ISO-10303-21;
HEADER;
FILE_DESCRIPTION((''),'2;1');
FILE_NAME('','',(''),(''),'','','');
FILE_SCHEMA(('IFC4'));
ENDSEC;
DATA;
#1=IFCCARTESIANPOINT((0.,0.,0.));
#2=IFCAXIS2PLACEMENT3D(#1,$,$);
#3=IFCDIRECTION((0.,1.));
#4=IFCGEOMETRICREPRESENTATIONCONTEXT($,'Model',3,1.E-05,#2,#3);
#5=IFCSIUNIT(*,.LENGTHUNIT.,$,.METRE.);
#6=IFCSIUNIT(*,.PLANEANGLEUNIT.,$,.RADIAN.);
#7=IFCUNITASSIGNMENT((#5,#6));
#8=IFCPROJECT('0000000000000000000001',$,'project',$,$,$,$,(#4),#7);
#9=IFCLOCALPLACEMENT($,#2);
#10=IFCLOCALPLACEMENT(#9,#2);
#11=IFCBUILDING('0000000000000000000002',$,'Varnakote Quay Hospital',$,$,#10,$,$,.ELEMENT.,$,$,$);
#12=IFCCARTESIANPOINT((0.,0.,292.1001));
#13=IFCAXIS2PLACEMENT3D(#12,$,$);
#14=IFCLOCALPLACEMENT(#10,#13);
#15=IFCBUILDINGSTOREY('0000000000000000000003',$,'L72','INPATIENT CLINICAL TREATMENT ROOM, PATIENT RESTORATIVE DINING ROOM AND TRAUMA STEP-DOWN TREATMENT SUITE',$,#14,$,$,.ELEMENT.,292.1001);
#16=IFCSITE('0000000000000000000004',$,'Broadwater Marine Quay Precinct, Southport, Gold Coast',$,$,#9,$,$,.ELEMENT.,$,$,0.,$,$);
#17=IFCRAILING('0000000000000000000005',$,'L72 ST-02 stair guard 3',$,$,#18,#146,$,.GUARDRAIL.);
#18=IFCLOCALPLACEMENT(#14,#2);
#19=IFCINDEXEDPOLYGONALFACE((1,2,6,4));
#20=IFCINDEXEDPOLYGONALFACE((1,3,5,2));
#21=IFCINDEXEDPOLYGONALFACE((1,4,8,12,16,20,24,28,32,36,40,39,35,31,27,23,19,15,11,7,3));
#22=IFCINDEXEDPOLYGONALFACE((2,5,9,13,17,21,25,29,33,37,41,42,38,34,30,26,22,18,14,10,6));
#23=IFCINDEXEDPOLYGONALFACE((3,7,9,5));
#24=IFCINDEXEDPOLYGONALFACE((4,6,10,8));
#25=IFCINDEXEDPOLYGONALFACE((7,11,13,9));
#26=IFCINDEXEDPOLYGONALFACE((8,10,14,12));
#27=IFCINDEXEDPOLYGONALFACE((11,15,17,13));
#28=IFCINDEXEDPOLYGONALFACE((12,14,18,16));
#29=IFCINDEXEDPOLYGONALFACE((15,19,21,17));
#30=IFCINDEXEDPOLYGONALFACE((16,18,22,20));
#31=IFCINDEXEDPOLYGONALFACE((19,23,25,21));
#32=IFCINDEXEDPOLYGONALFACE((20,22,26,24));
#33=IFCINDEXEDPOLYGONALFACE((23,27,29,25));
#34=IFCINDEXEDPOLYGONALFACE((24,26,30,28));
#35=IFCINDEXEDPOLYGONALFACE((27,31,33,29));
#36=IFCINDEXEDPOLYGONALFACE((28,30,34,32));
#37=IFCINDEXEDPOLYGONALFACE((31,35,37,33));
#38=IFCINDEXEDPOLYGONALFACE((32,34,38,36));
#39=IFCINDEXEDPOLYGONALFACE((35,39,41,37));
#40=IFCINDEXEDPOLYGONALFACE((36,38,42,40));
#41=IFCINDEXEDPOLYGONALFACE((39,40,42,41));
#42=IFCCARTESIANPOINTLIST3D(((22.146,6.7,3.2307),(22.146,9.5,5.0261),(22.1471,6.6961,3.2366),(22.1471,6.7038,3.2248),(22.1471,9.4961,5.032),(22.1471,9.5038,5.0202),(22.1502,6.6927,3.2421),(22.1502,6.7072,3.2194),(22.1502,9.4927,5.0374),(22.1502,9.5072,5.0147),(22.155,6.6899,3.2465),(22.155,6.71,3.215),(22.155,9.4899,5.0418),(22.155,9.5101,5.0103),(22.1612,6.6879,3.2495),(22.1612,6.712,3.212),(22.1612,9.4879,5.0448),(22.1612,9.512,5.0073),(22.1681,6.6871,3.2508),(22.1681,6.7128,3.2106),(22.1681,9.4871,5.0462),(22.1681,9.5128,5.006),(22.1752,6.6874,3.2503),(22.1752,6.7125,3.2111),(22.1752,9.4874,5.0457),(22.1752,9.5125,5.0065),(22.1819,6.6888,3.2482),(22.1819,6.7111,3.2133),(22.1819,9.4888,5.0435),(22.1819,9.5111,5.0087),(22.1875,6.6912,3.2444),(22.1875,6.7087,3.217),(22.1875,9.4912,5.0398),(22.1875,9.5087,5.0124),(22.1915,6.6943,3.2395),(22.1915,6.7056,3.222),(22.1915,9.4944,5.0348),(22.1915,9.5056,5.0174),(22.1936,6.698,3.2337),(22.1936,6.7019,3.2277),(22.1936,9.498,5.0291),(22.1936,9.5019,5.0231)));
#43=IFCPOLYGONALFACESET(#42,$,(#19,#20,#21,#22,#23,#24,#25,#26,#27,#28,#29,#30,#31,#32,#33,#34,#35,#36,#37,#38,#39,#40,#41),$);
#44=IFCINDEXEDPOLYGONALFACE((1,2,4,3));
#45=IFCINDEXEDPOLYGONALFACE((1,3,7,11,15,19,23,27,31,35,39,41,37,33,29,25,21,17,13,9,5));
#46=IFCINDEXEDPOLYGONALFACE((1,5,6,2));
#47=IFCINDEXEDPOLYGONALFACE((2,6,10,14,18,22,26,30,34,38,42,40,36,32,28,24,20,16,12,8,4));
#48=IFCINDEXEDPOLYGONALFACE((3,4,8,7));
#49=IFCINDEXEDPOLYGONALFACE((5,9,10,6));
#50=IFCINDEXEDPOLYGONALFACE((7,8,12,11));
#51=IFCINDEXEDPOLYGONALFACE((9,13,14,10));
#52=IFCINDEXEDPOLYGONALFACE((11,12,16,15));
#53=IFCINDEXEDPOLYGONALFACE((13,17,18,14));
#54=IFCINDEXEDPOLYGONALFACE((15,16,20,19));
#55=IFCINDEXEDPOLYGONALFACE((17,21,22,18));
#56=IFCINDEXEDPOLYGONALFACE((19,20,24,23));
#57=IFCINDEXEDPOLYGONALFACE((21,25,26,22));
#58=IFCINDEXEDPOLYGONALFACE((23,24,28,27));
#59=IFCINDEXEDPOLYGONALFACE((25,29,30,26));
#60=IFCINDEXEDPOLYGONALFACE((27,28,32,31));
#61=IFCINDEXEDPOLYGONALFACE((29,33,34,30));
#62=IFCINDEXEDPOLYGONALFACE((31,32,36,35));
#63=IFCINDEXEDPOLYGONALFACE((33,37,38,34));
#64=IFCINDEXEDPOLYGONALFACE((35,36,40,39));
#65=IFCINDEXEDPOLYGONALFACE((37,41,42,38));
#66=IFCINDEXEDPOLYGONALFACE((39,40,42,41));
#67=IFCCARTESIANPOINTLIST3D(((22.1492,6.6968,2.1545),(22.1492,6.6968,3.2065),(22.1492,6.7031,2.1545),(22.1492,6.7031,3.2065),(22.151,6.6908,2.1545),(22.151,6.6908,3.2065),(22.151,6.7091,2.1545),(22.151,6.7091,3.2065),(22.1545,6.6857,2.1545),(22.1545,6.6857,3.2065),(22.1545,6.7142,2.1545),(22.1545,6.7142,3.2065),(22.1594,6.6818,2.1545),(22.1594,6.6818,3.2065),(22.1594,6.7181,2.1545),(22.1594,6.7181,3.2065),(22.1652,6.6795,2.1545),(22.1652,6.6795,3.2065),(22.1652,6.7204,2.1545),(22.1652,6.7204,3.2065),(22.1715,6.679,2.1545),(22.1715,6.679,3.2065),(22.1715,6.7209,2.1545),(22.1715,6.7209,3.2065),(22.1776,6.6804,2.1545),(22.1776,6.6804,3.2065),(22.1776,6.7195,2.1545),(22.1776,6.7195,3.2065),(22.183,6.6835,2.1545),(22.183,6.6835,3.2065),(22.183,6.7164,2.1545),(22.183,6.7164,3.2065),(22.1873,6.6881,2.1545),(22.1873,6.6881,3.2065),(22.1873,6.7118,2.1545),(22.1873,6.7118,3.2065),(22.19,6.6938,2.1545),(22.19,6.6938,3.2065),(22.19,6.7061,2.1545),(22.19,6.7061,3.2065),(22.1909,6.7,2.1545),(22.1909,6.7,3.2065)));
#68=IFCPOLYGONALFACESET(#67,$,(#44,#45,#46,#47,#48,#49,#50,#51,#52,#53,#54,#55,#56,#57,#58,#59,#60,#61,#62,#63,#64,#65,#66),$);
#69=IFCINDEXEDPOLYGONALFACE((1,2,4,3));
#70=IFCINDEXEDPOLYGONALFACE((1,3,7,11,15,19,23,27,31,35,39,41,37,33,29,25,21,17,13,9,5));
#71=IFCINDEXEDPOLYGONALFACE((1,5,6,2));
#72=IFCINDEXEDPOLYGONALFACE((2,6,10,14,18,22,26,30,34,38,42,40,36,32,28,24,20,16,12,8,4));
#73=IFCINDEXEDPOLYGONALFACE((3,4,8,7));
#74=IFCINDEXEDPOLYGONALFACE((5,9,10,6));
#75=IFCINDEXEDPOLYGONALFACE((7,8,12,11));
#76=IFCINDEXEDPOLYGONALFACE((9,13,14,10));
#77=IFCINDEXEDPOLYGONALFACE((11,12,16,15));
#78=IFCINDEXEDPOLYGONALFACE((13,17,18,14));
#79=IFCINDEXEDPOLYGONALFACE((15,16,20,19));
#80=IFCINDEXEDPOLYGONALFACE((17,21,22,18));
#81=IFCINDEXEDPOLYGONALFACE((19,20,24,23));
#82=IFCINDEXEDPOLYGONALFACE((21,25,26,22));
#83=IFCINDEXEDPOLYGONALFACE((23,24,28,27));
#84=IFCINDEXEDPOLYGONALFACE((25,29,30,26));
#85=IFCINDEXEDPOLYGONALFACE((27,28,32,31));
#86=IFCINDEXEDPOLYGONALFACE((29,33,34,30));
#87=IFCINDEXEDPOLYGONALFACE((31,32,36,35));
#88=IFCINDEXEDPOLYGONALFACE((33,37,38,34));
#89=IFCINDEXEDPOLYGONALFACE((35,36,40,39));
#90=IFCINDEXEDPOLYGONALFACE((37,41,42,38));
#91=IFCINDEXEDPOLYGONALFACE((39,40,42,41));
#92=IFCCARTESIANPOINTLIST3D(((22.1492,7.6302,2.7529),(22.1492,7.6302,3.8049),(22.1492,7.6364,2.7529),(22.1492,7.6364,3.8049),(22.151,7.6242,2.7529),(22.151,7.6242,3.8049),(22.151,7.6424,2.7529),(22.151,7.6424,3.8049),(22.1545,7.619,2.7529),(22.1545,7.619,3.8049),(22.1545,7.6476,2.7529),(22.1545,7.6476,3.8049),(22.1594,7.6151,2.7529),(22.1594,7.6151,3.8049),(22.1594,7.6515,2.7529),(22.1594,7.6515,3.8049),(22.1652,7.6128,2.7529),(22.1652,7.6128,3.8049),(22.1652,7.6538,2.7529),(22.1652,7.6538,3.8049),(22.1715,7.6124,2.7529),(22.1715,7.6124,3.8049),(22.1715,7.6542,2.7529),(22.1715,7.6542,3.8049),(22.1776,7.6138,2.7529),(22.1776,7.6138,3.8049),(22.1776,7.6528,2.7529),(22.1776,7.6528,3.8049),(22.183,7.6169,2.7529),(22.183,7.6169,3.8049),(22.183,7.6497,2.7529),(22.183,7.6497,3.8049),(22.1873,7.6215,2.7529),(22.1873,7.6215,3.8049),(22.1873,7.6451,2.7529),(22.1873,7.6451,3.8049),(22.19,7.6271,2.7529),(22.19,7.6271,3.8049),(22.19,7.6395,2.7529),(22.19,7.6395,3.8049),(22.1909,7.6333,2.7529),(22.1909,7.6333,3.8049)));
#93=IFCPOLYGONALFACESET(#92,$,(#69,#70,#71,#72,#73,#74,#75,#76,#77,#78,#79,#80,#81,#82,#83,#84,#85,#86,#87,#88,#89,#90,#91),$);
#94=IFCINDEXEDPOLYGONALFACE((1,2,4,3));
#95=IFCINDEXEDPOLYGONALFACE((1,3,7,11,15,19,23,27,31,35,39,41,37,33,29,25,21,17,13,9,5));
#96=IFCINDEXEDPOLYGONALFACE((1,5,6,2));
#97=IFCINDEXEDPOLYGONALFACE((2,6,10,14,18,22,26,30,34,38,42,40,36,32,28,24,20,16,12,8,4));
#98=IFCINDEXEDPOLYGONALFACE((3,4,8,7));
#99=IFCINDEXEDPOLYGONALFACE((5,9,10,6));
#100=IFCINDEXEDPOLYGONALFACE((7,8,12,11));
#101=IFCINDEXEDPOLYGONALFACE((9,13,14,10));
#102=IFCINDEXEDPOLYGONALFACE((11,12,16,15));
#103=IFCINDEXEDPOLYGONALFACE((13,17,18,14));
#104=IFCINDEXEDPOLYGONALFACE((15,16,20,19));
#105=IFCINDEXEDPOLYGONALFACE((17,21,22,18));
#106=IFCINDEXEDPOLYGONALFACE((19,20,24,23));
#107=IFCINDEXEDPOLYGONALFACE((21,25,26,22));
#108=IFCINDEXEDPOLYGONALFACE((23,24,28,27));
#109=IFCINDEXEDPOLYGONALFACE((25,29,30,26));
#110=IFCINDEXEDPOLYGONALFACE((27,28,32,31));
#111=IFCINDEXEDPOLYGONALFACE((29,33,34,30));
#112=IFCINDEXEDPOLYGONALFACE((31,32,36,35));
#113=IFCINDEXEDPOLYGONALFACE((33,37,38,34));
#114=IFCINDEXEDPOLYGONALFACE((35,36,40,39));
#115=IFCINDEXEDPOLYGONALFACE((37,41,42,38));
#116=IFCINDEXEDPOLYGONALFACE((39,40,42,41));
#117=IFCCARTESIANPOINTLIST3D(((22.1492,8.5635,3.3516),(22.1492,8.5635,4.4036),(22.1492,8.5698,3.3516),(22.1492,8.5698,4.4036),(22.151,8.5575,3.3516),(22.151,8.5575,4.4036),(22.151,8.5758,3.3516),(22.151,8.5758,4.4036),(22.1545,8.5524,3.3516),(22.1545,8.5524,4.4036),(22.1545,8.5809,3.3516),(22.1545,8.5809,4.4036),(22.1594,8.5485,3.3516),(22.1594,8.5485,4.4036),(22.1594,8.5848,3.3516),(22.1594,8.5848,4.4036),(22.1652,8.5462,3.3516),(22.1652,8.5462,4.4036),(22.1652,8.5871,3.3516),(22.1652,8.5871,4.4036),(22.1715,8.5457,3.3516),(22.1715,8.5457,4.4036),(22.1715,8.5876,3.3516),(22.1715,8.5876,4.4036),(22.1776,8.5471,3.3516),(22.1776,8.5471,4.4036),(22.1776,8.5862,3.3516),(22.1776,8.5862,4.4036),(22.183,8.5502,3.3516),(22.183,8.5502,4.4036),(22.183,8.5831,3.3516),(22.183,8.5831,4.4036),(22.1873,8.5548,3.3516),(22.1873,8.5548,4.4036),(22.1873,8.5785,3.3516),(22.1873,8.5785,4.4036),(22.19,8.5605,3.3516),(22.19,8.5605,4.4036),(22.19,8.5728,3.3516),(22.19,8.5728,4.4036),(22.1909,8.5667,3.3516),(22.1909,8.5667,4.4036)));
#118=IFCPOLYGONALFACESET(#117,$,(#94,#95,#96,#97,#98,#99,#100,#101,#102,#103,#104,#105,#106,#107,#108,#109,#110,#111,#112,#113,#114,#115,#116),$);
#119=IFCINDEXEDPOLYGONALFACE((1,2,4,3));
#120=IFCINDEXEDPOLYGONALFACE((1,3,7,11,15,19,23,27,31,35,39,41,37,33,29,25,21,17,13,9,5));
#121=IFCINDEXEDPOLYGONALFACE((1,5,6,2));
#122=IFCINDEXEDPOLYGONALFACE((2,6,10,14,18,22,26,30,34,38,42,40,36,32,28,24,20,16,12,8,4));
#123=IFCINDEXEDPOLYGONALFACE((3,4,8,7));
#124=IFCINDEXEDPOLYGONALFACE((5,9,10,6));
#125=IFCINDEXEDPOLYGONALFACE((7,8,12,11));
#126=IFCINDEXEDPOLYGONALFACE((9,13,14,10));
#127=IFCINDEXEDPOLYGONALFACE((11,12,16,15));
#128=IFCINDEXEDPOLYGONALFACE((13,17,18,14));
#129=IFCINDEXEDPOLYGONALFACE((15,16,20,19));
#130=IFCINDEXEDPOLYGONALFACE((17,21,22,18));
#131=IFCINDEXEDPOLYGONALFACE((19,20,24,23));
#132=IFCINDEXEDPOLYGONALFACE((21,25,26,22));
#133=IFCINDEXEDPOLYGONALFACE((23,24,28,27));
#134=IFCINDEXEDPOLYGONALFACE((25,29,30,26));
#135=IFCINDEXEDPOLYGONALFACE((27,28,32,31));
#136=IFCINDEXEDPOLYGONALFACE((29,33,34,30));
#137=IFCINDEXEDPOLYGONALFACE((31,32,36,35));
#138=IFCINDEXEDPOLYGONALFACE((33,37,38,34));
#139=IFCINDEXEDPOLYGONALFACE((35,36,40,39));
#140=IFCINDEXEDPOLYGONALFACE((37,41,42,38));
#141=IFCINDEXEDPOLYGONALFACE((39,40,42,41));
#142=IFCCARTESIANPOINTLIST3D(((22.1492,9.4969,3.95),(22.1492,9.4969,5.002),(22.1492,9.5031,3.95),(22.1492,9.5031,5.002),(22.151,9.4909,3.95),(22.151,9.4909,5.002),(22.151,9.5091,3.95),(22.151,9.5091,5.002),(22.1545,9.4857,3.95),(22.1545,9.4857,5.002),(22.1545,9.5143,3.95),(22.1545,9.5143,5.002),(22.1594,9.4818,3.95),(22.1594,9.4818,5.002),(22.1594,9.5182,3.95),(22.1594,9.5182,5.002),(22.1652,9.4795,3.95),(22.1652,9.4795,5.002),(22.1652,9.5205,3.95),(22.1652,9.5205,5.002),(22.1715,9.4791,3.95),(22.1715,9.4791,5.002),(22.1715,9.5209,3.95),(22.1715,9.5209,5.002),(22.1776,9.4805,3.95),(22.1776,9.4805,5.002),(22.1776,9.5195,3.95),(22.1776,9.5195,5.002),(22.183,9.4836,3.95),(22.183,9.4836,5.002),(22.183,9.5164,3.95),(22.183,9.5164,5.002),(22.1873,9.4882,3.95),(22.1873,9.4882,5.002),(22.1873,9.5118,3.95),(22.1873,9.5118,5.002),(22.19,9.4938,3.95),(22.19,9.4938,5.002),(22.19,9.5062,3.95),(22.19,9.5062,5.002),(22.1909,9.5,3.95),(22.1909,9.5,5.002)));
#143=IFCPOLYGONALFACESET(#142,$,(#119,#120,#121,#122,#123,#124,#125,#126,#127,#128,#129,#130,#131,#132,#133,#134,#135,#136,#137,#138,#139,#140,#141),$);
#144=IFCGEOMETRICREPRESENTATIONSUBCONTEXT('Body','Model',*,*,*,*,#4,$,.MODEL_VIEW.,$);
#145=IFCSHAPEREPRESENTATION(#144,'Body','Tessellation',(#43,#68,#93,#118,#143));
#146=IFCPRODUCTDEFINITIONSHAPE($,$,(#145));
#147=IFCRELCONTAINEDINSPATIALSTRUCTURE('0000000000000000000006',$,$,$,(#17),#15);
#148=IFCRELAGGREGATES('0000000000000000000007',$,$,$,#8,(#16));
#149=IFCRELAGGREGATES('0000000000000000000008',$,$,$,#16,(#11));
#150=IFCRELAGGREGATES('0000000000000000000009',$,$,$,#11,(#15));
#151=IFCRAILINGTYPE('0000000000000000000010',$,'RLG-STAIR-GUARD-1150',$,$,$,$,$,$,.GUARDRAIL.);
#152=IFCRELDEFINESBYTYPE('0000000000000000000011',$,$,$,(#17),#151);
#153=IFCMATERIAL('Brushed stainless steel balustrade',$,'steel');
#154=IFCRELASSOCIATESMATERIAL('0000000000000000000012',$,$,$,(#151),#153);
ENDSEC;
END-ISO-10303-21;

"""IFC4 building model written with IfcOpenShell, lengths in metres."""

from ifc_helpers import new_model, si_unit, direction, frame, origin, origin_2d, place, context, subcontext, project, spatial, circle, extrude, material, type_object, element, save


model = new_model("IFC4")

# Units and contexts
model_context = context("Model", 3, precision=1e-05, world=origin(), true_north=direction((0.0, 1.0)))
body_context = subcontext(model_context, "Body", "Model", "MODEL_VIEW")
ifc_project = project(units=[si_unit("LENGTHUNIT", "METRE"), si_unit("PLANEANGLEUNIT", "RADIAN")], contexts=[model_context])

# Site, building, storey
site_placement = place(None, origin())
site = spatial("IfcSite", under=ifc_project, at=site_placement, Name="Broadwater Marine Quay Precinct, Southport, Gold Coast", CompositionType="ELEMENT", RefElevation=0.0)
building_placement = place(site_placement, origin())
building = spatial("IfcBuilding", under=site, at=building_placement, Name="Varnakote Quay Hospital", CompositionType="ELEMENT")
storey_placement = place(building_placement, frame((0.0, 0.0, 292.1001)))
storey = spatial("IfcBuildingStorey", under=building, at=storey_placement, Name="L72", Description="INPATIENT CLINICAL TREATMENT ROOM, PATIENT RESTORATIVE DINING ROOM AND TRAUMA STEP-DOWN TREATMENT SUITE", CompositionType="ELEMENT", Elevation=292.1001)

# Railing
ifc_material_1 = material(Name="Brushed stainless steel balustrade", Category="steel")
railing_type_1 = type_object("IfcRailingType", Name="RLG-STAIR-GUARD-1150", PredefinedType="GUARDRAIL", material=ifc_material_1)
railing_1_placement = place(storey_placement, frame((22.1699, 6.7, 2.1545)))
element("IfcRailing", 1, at=railing_1_placement, inside=storey, type_object=railing_type_1, Name="L72 ST-02 stair guard 3", PredefinedType="GUARDRAIL", context=body_context, shape_type="SweptSolid", body=[
    extrude(circle(Radius=0.0239, at=origin_2d()), frame((0.0, 0.0, 1.0762), z_axis=(0.0, 0.84181, 0.539774), x_axis=(-1.0, 0.0, 0.0)), (0.0, 0.0, 1.0), 3.3262),
    extrude(circle(Radius=0.021, at=origin_2d()), origin(), (0.0, 0.0, 1.0), 1.052),
    extrude(circle(Radius=0.021, at=origin_2d()), frame((0.0, 0.9333, 0.5984)), (0.0, 0.0, 1.0), 1.052),
    extrude(circle(Radius=0.021, at=origin_2d()), frame((0.0, 1.8667, 1.197)), (0.0, 0.0, 1.0), 1.052),
    extrude(circle(Radius=0.021, at=origin_2d()), frame((0.0, 2.8, 1.7954)), (0.0, 0.0, 1.0), 1.052),
])

save(model, "model.ifc")
